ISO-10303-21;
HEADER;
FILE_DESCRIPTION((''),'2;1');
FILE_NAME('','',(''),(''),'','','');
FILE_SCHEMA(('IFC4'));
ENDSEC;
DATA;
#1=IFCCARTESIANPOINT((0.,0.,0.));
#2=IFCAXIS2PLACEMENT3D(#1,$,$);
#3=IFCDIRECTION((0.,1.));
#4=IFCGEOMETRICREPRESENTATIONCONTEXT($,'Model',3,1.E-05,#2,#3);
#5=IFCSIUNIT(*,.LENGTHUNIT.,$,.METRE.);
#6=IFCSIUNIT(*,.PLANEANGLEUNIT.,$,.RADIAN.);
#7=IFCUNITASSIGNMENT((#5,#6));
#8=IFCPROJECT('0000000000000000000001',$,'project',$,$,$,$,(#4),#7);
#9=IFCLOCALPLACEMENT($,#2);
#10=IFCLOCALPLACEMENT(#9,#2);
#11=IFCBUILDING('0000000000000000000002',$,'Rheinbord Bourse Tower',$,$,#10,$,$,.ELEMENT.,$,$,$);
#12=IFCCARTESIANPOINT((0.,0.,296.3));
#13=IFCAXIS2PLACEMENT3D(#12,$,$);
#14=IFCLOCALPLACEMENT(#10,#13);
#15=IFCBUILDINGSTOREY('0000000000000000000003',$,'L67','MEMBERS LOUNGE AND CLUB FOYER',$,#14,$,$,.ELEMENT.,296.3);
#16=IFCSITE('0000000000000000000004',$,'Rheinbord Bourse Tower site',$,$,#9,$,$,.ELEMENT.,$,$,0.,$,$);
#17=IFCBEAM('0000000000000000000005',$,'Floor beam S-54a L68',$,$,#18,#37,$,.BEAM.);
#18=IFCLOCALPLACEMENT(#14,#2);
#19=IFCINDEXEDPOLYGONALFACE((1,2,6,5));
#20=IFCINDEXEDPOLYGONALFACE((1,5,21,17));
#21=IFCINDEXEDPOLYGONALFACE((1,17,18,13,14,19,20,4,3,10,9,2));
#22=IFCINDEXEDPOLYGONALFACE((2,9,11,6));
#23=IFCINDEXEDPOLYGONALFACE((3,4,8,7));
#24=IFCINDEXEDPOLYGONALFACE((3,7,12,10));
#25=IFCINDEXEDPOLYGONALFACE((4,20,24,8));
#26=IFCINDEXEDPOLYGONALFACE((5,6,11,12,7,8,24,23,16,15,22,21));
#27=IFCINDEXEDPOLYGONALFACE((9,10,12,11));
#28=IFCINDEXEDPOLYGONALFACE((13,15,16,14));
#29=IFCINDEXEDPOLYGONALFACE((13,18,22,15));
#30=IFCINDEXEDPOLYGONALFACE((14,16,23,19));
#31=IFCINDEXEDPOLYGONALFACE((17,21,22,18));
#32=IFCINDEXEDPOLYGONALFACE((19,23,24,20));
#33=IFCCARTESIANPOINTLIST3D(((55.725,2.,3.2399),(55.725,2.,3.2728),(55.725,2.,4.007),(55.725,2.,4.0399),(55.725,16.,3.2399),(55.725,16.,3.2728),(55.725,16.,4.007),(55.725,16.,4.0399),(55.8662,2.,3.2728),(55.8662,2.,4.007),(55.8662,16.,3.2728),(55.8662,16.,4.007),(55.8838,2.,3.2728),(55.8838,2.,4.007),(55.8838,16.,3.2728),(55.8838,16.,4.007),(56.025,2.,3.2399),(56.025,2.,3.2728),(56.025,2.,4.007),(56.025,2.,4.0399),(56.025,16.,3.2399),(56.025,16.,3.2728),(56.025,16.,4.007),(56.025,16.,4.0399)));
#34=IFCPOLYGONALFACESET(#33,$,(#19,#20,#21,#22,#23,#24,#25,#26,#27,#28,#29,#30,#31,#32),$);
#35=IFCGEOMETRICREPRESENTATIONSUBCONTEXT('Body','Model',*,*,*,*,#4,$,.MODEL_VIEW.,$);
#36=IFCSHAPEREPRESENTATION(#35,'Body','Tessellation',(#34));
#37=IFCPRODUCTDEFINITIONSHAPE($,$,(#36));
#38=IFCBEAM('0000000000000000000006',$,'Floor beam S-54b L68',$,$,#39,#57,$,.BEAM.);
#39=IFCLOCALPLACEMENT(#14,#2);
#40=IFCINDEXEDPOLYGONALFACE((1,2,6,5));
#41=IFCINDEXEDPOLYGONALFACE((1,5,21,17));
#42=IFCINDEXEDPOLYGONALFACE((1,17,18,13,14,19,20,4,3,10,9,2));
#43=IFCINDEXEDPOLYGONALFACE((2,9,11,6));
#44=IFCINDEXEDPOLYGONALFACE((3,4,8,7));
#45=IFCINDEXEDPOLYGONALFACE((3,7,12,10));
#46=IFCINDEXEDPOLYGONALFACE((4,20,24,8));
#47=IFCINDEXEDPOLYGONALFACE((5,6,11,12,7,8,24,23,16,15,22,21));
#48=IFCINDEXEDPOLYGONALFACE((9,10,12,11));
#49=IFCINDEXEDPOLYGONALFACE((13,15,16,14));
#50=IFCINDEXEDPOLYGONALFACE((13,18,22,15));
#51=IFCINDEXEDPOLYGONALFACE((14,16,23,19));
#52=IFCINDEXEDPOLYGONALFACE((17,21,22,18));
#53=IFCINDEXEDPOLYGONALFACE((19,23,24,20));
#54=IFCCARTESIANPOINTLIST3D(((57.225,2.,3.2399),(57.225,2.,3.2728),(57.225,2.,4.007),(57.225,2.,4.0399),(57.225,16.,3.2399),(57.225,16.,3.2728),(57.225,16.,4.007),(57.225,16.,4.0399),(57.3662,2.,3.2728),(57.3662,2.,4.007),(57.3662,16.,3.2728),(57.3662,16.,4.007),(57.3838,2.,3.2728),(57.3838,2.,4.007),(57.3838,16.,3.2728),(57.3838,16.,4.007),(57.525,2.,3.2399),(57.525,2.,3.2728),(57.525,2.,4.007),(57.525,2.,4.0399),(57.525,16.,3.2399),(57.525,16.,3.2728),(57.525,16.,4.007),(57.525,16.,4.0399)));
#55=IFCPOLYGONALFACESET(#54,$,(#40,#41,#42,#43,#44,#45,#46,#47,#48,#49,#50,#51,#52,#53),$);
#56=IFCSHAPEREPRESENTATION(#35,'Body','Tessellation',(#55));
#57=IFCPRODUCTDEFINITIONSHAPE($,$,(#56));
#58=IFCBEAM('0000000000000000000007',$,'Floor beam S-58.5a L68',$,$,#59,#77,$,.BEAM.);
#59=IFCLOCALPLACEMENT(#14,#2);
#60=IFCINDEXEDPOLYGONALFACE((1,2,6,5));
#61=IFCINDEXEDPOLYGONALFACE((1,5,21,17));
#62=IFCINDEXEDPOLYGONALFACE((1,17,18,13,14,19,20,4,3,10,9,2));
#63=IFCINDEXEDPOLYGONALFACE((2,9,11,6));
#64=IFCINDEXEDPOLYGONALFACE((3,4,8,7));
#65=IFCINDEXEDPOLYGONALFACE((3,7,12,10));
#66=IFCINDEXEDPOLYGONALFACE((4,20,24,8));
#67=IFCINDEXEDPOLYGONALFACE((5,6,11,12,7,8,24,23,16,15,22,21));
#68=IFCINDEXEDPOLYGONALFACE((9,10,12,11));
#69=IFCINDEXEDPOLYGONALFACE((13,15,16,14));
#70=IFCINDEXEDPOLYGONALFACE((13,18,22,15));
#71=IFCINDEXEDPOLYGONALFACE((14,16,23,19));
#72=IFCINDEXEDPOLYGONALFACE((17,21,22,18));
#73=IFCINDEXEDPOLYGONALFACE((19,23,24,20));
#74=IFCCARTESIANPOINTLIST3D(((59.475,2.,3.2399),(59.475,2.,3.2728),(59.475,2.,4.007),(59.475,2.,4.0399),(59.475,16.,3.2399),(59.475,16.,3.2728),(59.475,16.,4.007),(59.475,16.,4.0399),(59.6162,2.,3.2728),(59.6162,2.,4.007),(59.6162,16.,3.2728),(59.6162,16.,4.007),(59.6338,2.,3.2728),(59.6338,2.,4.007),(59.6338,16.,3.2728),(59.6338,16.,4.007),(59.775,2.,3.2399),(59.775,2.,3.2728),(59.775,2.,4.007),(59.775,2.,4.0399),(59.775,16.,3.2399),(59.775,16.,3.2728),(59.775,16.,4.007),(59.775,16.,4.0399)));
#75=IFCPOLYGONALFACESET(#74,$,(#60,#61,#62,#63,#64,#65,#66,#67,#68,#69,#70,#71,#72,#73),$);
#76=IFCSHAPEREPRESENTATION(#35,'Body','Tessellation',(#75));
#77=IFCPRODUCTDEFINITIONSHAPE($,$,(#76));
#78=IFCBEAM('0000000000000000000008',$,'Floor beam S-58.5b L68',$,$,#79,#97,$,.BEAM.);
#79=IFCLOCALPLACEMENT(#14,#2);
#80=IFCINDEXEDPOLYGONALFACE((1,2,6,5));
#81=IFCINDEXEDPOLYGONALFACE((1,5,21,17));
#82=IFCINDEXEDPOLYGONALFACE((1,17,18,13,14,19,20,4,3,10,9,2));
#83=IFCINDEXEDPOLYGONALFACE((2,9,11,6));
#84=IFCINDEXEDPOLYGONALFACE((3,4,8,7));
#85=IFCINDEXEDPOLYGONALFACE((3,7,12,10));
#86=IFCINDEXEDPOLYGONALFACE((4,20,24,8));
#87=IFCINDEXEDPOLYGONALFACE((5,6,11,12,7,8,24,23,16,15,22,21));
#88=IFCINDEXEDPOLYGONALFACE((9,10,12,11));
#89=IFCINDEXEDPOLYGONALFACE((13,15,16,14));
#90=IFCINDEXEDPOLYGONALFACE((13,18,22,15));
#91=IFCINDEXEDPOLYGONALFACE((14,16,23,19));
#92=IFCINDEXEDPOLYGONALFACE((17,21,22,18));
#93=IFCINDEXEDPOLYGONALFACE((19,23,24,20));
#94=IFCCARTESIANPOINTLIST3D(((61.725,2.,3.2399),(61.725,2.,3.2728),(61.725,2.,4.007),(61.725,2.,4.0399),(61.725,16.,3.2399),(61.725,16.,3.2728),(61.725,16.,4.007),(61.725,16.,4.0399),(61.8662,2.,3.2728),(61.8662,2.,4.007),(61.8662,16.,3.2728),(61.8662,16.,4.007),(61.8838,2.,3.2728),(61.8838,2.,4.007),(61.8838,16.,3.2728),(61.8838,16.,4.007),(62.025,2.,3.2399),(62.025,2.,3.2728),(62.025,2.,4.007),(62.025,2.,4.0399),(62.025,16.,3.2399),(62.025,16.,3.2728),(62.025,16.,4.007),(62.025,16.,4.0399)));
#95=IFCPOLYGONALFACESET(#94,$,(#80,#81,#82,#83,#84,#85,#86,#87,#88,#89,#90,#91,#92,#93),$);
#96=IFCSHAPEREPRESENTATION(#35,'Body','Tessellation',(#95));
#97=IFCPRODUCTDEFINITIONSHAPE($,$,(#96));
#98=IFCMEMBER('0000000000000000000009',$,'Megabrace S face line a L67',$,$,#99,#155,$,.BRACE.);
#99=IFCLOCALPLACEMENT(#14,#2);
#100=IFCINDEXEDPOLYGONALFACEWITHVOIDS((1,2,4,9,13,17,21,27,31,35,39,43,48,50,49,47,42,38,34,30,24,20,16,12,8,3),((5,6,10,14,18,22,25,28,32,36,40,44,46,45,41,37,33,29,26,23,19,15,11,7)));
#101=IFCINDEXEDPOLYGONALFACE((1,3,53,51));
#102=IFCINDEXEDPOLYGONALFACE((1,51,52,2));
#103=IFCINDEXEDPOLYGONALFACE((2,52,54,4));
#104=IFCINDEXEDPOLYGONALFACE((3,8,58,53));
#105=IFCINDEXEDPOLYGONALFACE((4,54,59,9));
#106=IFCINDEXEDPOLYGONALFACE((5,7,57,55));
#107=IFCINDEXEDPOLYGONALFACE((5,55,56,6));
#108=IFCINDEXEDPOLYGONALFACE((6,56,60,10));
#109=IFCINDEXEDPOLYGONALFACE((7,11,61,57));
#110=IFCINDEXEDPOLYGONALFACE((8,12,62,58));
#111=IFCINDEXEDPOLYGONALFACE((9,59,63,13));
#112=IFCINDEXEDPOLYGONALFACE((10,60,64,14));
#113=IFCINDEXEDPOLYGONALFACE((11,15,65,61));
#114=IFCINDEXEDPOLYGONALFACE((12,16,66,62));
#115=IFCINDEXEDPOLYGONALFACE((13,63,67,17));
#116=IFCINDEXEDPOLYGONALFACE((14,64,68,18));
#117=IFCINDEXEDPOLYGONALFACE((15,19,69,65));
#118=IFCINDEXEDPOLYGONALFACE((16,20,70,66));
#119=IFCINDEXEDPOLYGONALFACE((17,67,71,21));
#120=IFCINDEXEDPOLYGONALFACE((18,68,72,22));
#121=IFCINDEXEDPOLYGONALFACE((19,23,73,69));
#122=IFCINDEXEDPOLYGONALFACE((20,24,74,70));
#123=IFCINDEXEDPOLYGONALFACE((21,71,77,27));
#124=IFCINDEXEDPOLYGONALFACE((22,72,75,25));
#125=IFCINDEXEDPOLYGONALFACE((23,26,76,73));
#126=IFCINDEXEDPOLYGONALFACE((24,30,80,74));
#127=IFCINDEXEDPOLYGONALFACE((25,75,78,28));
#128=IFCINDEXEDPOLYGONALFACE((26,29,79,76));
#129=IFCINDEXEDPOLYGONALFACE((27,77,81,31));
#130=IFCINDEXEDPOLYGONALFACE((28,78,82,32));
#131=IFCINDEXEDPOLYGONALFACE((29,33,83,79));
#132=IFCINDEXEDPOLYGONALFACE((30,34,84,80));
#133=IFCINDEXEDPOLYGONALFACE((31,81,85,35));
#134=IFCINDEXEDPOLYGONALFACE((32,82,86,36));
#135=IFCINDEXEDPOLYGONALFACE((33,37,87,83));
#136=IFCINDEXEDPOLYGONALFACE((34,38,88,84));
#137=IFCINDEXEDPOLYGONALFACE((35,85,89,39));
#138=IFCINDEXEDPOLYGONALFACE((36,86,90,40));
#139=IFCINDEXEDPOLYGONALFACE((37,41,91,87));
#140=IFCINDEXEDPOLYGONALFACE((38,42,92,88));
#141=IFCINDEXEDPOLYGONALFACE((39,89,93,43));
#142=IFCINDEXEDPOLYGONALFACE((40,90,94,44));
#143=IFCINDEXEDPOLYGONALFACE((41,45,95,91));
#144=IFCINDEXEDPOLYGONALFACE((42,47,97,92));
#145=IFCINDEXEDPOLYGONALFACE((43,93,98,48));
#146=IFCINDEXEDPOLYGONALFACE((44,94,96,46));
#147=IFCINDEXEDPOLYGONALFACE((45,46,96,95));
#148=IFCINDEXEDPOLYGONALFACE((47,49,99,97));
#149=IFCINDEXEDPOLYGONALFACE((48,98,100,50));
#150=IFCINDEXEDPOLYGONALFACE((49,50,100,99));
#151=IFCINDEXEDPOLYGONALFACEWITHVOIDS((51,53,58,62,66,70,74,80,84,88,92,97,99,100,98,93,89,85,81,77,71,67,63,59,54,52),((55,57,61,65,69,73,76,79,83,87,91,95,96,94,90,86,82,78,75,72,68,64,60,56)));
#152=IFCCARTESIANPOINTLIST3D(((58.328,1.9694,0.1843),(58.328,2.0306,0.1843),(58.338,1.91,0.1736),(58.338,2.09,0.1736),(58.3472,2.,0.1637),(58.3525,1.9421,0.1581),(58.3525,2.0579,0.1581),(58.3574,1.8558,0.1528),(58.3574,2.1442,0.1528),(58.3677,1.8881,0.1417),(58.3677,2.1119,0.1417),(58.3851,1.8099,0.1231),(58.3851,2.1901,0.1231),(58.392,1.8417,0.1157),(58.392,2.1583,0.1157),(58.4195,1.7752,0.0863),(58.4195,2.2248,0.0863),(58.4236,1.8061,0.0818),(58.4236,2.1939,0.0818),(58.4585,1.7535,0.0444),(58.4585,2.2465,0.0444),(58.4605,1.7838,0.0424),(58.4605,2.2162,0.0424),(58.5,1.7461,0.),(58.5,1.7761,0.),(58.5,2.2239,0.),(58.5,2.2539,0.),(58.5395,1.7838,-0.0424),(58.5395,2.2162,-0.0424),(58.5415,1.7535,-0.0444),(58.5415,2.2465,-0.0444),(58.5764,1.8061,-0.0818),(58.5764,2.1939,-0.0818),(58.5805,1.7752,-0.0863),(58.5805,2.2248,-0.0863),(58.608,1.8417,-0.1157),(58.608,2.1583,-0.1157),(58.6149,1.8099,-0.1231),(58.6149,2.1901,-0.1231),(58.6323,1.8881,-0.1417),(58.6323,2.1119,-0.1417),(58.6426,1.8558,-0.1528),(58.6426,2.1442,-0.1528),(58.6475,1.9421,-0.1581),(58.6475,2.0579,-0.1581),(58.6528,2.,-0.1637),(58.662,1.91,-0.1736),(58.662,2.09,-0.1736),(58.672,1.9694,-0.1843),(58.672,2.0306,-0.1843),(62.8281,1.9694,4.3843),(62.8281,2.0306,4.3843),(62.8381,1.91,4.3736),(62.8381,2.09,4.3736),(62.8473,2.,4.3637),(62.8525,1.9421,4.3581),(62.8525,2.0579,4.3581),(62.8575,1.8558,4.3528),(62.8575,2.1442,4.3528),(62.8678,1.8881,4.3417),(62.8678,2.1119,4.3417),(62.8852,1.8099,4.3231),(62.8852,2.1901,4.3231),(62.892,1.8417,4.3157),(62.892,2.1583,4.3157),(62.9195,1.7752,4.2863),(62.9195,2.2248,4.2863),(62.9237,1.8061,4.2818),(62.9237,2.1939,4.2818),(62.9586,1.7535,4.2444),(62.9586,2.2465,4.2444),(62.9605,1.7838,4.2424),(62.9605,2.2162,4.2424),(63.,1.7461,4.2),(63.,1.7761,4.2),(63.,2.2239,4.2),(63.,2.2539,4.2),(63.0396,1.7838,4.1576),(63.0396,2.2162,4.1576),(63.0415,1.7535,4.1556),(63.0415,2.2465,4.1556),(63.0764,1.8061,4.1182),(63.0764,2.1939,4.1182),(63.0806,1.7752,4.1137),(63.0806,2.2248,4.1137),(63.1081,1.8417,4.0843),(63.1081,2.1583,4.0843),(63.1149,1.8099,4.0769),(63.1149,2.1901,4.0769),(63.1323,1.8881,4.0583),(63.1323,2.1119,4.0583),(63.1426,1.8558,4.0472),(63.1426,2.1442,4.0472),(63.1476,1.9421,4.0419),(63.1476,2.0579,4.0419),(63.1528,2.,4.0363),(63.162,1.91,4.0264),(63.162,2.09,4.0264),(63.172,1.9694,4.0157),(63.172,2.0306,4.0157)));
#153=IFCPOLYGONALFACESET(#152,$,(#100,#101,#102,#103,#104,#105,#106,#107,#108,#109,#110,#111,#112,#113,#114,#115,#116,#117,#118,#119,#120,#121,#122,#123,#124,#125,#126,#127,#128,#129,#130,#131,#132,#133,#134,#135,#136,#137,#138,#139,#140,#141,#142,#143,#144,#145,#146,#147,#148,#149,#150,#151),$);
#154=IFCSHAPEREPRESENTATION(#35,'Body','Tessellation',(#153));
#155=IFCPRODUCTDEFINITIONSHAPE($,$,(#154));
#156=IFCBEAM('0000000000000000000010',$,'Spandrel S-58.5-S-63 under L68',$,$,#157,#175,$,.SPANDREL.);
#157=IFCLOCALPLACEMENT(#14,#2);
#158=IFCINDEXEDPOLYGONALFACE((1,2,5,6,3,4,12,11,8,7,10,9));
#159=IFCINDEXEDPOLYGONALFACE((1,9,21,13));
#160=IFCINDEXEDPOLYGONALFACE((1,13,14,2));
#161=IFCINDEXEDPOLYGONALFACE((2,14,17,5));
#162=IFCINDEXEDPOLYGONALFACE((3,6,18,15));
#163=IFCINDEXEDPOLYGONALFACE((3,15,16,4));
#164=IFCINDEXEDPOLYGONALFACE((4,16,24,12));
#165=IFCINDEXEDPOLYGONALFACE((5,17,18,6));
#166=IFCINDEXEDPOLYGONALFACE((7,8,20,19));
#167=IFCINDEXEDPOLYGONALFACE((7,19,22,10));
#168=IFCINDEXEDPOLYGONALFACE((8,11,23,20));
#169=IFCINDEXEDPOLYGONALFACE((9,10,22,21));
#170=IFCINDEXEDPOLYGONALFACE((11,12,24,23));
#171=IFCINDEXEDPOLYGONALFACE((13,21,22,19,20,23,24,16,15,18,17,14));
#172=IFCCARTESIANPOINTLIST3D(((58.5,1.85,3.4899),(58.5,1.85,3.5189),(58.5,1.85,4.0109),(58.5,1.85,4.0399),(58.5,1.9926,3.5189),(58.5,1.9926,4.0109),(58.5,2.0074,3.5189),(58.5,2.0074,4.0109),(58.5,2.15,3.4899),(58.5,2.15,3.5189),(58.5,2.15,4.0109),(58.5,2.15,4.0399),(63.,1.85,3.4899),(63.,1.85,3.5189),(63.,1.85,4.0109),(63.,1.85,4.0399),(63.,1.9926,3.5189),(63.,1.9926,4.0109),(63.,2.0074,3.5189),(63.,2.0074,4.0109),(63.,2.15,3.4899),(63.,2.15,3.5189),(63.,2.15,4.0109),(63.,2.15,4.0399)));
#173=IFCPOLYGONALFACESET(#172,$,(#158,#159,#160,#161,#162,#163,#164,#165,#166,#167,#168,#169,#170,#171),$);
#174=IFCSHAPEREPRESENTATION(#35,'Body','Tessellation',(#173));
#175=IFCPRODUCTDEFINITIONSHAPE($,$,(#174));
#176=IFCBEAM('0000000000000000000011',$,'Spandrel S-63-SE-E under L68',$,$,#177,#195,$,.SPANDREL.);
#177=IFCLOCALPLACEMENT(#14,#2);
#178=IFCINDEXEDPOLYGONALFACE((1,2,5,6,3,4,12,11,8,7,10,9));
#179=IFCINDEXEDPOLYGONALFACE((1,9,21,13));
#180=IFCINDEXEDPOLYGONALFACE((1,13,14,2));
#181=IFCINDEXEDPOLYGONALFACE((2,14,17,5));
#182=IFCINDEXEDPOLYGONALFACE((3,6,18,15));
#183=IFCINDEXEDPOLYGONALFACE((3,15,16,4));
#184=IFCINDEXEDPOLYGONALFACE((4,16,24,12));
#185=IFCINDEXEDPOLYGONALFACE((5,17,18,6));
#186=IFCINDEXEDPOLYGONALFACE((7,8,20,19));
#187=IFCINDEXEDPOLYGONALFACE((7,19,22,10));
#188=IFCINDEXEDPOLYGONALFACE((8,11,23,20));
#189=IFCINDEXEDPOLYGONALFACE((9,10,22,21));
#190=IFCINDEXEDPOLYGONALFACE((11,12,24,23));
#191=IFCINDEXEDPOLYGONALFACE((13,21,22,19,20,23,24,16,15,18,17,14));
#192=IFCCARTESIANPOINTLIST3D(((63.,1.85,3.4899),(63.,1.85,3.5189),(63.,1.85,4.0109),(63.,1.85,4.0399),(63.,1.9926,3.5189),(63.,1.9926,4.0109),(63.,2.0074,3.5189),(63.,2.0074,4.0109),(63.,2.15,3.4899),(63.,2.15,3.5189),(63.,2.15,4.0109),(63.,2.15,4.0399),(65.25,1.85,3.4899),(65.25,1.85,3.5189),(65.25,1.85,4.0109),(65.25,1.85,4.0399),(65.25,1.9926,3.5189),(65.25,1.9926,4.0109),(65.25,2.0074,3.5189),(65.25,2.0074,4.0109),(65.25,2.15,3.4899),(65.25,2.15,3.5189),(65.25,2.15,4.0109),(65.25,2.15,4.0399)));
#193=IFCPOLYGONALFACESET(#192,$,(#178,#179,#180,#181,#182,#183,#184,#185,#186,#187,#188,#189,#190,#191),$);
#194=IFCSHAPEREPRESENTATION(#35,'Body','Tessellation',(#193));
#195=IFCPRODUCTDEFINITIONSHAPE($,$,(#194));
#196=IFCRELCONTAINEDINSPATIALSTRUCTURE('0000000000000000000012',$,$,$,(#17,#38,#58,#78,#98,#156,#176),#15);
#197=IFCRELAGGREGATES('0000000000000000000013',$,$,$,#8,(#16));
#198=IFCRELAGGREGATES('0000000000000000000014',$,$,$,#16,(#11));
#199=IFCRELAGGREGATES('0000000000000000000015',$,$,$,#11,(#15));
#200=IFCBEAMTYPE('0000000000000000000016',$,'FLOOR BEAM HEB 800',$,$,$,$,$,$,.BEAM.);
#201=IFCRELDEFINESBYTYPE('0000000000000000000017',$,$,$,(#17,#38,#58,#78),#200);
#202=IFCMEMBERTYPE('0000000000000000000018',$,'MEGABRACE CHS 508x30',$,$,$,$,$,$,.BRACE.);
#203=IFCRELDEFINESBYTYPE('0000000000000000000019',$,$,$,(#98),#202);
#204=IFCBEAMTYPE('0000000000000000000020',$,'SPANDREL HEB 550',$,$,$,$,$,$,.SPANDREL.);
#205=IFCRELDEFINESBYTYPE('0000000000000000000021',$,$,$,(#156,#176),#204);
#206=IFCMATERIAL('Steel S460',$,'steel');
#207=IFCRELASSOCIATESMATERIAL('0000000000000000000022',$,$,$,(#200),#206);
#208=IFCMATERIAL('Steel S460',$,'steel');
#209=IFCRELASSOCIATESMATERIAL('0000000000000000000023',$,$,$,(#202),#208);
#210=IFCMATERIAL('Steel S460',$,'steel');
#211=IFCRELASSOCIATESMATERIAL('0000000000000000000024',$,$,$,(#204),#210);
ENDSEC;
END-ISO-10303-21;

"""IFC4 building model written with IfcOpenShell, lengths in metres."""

from ifc_helpers import new_model, si_unit, direction, frame, origin, origin_2d, place, context, subcontext, project, spatial, hollow_circle, i_section, extrude, material, material_profile, profile_set, type_object, element, save


model = new_model("IFC4")

# Units and contexts
model_context = context("Model", 3, precision=1e-05, world=origin(), true_north=direction((0.0, 1.0)))
body_context = subcontext(model_context, "Body", "Model", "MODEL_VIEW")
ifc_project = project(units=[si_unit("LENGTHUNIT", "METRE"), si_unit("PLANEANGLEUNIT", "RADIAN")], contexts=[model_context])

# Site, building, storey
site_placement = place(None, origin())
site = spatial("IfcSite", under=ifc_project, at=site_placement, Name="Rheinbord Bourse Tower site", CompositionType="ELEMENT", RefElevation=0.0)
building_placement = place(site_placement, origin())
building = spatial("IfcBuilding", under=site, at=building_placement, Name="Rheinbord Bourse Tower", CompositionType="ELEMENT")
storey_placement = place(building_placement, frame((0.0, 0.0, 296.3)))
storey = spatial("IfcBuildingStorey", under=building, at=storey_placement, Name="L67", Description="MEMBERS LOUNGE AND CLUB FOYER", CompositionType="ELEMENT", Elevation=296.3)

# Beams
ifc_material_1 = material(Name="Steel S460", Category="steel")
ifc_material_profile_1 = material_profile(ifc_material_1, i_section(OverallWidth=0.3, OverallDepth=0.8, WebThickness=0.0176, FlangeThickness=0.033, at=origin_2d()), Name="HEB 800")
ifc_profile_set_1 = profile_set([ifc_material_profile_1], Name="Steel S460")
beam_type_1 = type_object("IfcBeamType", Name="FLOOR BEAM HEB 800", PredefinedType="BEAM", material=ifc_profile_set_1)
for number, where, z_axis, x_axis, name in (
    (1, (55.875, 2.0, 3.6399), (0.0, 1.0, 0.0), (-1.0, 0.0, 0.0), "Floor beam S-54a L68"),
    (2, (57.375, 2.0, 3.6399), (0.0, 1.0, 0.0), (-1.0, 0.0, 0.0), "Floor beam S-54b L68"),
    (3, (59.625, 2.0, 3.6399), (0.0, 1.0, 0.0), (-1.0, 0.0, 0.0), "Floor beam S-58.5a L68"),
    (4, (61.875, 2.0, 3.6399), (0.0, 1.0, 0.0), (-1.0, 0.0, 0.0), "Floor beam S-58.5b L68"),
):
    element("IfcBeam", number, at=place(storey_placement, frame(where, z_axis=z_axis, x_axis=x_axis)), inside=storey, type_object=beam_type_1, Name=name, PredefinedType="BEAM", context=body_context, shape_type="SweptSolid", body=[
        extrude(i_section(OverallWidth=0.3, OverallDepth=0.8, WebThickness=0.0176, FlangeThickness=0.033, at=origin_2d()), origin(), (0.0, 0.0, 1.0), 14.0),
    ])

# Member
ifc_material_2 = material(Name="Steel S460", Category="steel")
ifc_material_profile_2 = material_profile(ifc_material_2, hollow_circle(Radius=0.2539, WallThickness=0.03, at=origin_2d()), Name="CHS 508x30")
ifc_profile_set_2 = profile_set([ifc_material_profile_2], Name="Steel S460")
member_type_1 = type_object("IfcMemberType", Name="MEGABRACE CHS 508x30", PredefinedType="BRACE", material=ifc_profile_set_2)
member_1_placement = place(storey_placement, frame((58.5, 2.0, 0.0), z_axis=(0.731059, 0.0, 0.682314), x_axis=(0.0, 1.0, 0.0)))
element("IfcMember", 5, at=member_1_placement, inside=storey, type_object=member_type_1, Name="Megabrace S face line a L67", PredefinedType="BRACE", context=body_context, shape_type="SweptSolid", body=[
    extrude(hollow_circle(Radius=0.2539, WallThickness=0.03, at=origin_2d()), origin(), (0.0, 0.0, 1.0), 6.1555),
])

# Beams
ifc_material_3 = material(Name="Steel S460", Category="steel")
ifc_material_profile_3 = material_profile(ifc_material_3, i_section(OverallWidth=0.3, OverallDepth=0.55, WebThickness=0.0149, FlangeThickness=0.0291, at=origin_2d()), Name="HEB 550")
ifc_profile_set_3 = profile_set([ifc_material_profile_3], Name="Steel S460")
beam_type_2 = type_object("IfcBeamType", Name="SPANDREL HEB 550", PredefinedType="SPANDREL", material=ifc_profile_set_3)
beam_1_placement = place(storey_placement, frame((58.5, 2.0, 3.7649), z_axis=(1.0, 0.0, 0.0), x_axis=(0.0, 1.0, 0.0)))
element("IfcBeam", 6, at=beam_1_placement, inside=storey, type_object=beam_type_2, Name="Spandrel S-58.5-S-63 under L68", PredefinedType="SPANDREL", context=body_context, shape_type="SweptSolid", body=[
    extrude(i_section(OverallWidth=0.3, OverallDepth=0.55, WebThickness=0.0149, FlangeThickness=0.0291, at=origin_2d()), origin(), (0.0, 0.0, 1.0), 4.5),
])
beam_2_placement = place(storey_placement, frame((63.0, 2.0, 3.7649), z_axis=(1.0, 0.0, 0.0), x_axis=(0.0, 1.0, 0.0)))
element("IfcBeam", 7, at=beam_2_placement, inside=storey, type_object=beam_type_2, Name="Spandrel S-63-SE-E under L68", PredefinedType="SPANDREL", context=body_context, shape_type="SweptSolid", body=[
    extrude(i_section(OverallWidth=0.3, OverallDepth=0.55, WebThickness=0.0149, FlangeThickness=0.0291, at=origin_2d()), origin(), (0.0, 0.0, 1.0), 2.25),
])

save(model, "model.ifc")
